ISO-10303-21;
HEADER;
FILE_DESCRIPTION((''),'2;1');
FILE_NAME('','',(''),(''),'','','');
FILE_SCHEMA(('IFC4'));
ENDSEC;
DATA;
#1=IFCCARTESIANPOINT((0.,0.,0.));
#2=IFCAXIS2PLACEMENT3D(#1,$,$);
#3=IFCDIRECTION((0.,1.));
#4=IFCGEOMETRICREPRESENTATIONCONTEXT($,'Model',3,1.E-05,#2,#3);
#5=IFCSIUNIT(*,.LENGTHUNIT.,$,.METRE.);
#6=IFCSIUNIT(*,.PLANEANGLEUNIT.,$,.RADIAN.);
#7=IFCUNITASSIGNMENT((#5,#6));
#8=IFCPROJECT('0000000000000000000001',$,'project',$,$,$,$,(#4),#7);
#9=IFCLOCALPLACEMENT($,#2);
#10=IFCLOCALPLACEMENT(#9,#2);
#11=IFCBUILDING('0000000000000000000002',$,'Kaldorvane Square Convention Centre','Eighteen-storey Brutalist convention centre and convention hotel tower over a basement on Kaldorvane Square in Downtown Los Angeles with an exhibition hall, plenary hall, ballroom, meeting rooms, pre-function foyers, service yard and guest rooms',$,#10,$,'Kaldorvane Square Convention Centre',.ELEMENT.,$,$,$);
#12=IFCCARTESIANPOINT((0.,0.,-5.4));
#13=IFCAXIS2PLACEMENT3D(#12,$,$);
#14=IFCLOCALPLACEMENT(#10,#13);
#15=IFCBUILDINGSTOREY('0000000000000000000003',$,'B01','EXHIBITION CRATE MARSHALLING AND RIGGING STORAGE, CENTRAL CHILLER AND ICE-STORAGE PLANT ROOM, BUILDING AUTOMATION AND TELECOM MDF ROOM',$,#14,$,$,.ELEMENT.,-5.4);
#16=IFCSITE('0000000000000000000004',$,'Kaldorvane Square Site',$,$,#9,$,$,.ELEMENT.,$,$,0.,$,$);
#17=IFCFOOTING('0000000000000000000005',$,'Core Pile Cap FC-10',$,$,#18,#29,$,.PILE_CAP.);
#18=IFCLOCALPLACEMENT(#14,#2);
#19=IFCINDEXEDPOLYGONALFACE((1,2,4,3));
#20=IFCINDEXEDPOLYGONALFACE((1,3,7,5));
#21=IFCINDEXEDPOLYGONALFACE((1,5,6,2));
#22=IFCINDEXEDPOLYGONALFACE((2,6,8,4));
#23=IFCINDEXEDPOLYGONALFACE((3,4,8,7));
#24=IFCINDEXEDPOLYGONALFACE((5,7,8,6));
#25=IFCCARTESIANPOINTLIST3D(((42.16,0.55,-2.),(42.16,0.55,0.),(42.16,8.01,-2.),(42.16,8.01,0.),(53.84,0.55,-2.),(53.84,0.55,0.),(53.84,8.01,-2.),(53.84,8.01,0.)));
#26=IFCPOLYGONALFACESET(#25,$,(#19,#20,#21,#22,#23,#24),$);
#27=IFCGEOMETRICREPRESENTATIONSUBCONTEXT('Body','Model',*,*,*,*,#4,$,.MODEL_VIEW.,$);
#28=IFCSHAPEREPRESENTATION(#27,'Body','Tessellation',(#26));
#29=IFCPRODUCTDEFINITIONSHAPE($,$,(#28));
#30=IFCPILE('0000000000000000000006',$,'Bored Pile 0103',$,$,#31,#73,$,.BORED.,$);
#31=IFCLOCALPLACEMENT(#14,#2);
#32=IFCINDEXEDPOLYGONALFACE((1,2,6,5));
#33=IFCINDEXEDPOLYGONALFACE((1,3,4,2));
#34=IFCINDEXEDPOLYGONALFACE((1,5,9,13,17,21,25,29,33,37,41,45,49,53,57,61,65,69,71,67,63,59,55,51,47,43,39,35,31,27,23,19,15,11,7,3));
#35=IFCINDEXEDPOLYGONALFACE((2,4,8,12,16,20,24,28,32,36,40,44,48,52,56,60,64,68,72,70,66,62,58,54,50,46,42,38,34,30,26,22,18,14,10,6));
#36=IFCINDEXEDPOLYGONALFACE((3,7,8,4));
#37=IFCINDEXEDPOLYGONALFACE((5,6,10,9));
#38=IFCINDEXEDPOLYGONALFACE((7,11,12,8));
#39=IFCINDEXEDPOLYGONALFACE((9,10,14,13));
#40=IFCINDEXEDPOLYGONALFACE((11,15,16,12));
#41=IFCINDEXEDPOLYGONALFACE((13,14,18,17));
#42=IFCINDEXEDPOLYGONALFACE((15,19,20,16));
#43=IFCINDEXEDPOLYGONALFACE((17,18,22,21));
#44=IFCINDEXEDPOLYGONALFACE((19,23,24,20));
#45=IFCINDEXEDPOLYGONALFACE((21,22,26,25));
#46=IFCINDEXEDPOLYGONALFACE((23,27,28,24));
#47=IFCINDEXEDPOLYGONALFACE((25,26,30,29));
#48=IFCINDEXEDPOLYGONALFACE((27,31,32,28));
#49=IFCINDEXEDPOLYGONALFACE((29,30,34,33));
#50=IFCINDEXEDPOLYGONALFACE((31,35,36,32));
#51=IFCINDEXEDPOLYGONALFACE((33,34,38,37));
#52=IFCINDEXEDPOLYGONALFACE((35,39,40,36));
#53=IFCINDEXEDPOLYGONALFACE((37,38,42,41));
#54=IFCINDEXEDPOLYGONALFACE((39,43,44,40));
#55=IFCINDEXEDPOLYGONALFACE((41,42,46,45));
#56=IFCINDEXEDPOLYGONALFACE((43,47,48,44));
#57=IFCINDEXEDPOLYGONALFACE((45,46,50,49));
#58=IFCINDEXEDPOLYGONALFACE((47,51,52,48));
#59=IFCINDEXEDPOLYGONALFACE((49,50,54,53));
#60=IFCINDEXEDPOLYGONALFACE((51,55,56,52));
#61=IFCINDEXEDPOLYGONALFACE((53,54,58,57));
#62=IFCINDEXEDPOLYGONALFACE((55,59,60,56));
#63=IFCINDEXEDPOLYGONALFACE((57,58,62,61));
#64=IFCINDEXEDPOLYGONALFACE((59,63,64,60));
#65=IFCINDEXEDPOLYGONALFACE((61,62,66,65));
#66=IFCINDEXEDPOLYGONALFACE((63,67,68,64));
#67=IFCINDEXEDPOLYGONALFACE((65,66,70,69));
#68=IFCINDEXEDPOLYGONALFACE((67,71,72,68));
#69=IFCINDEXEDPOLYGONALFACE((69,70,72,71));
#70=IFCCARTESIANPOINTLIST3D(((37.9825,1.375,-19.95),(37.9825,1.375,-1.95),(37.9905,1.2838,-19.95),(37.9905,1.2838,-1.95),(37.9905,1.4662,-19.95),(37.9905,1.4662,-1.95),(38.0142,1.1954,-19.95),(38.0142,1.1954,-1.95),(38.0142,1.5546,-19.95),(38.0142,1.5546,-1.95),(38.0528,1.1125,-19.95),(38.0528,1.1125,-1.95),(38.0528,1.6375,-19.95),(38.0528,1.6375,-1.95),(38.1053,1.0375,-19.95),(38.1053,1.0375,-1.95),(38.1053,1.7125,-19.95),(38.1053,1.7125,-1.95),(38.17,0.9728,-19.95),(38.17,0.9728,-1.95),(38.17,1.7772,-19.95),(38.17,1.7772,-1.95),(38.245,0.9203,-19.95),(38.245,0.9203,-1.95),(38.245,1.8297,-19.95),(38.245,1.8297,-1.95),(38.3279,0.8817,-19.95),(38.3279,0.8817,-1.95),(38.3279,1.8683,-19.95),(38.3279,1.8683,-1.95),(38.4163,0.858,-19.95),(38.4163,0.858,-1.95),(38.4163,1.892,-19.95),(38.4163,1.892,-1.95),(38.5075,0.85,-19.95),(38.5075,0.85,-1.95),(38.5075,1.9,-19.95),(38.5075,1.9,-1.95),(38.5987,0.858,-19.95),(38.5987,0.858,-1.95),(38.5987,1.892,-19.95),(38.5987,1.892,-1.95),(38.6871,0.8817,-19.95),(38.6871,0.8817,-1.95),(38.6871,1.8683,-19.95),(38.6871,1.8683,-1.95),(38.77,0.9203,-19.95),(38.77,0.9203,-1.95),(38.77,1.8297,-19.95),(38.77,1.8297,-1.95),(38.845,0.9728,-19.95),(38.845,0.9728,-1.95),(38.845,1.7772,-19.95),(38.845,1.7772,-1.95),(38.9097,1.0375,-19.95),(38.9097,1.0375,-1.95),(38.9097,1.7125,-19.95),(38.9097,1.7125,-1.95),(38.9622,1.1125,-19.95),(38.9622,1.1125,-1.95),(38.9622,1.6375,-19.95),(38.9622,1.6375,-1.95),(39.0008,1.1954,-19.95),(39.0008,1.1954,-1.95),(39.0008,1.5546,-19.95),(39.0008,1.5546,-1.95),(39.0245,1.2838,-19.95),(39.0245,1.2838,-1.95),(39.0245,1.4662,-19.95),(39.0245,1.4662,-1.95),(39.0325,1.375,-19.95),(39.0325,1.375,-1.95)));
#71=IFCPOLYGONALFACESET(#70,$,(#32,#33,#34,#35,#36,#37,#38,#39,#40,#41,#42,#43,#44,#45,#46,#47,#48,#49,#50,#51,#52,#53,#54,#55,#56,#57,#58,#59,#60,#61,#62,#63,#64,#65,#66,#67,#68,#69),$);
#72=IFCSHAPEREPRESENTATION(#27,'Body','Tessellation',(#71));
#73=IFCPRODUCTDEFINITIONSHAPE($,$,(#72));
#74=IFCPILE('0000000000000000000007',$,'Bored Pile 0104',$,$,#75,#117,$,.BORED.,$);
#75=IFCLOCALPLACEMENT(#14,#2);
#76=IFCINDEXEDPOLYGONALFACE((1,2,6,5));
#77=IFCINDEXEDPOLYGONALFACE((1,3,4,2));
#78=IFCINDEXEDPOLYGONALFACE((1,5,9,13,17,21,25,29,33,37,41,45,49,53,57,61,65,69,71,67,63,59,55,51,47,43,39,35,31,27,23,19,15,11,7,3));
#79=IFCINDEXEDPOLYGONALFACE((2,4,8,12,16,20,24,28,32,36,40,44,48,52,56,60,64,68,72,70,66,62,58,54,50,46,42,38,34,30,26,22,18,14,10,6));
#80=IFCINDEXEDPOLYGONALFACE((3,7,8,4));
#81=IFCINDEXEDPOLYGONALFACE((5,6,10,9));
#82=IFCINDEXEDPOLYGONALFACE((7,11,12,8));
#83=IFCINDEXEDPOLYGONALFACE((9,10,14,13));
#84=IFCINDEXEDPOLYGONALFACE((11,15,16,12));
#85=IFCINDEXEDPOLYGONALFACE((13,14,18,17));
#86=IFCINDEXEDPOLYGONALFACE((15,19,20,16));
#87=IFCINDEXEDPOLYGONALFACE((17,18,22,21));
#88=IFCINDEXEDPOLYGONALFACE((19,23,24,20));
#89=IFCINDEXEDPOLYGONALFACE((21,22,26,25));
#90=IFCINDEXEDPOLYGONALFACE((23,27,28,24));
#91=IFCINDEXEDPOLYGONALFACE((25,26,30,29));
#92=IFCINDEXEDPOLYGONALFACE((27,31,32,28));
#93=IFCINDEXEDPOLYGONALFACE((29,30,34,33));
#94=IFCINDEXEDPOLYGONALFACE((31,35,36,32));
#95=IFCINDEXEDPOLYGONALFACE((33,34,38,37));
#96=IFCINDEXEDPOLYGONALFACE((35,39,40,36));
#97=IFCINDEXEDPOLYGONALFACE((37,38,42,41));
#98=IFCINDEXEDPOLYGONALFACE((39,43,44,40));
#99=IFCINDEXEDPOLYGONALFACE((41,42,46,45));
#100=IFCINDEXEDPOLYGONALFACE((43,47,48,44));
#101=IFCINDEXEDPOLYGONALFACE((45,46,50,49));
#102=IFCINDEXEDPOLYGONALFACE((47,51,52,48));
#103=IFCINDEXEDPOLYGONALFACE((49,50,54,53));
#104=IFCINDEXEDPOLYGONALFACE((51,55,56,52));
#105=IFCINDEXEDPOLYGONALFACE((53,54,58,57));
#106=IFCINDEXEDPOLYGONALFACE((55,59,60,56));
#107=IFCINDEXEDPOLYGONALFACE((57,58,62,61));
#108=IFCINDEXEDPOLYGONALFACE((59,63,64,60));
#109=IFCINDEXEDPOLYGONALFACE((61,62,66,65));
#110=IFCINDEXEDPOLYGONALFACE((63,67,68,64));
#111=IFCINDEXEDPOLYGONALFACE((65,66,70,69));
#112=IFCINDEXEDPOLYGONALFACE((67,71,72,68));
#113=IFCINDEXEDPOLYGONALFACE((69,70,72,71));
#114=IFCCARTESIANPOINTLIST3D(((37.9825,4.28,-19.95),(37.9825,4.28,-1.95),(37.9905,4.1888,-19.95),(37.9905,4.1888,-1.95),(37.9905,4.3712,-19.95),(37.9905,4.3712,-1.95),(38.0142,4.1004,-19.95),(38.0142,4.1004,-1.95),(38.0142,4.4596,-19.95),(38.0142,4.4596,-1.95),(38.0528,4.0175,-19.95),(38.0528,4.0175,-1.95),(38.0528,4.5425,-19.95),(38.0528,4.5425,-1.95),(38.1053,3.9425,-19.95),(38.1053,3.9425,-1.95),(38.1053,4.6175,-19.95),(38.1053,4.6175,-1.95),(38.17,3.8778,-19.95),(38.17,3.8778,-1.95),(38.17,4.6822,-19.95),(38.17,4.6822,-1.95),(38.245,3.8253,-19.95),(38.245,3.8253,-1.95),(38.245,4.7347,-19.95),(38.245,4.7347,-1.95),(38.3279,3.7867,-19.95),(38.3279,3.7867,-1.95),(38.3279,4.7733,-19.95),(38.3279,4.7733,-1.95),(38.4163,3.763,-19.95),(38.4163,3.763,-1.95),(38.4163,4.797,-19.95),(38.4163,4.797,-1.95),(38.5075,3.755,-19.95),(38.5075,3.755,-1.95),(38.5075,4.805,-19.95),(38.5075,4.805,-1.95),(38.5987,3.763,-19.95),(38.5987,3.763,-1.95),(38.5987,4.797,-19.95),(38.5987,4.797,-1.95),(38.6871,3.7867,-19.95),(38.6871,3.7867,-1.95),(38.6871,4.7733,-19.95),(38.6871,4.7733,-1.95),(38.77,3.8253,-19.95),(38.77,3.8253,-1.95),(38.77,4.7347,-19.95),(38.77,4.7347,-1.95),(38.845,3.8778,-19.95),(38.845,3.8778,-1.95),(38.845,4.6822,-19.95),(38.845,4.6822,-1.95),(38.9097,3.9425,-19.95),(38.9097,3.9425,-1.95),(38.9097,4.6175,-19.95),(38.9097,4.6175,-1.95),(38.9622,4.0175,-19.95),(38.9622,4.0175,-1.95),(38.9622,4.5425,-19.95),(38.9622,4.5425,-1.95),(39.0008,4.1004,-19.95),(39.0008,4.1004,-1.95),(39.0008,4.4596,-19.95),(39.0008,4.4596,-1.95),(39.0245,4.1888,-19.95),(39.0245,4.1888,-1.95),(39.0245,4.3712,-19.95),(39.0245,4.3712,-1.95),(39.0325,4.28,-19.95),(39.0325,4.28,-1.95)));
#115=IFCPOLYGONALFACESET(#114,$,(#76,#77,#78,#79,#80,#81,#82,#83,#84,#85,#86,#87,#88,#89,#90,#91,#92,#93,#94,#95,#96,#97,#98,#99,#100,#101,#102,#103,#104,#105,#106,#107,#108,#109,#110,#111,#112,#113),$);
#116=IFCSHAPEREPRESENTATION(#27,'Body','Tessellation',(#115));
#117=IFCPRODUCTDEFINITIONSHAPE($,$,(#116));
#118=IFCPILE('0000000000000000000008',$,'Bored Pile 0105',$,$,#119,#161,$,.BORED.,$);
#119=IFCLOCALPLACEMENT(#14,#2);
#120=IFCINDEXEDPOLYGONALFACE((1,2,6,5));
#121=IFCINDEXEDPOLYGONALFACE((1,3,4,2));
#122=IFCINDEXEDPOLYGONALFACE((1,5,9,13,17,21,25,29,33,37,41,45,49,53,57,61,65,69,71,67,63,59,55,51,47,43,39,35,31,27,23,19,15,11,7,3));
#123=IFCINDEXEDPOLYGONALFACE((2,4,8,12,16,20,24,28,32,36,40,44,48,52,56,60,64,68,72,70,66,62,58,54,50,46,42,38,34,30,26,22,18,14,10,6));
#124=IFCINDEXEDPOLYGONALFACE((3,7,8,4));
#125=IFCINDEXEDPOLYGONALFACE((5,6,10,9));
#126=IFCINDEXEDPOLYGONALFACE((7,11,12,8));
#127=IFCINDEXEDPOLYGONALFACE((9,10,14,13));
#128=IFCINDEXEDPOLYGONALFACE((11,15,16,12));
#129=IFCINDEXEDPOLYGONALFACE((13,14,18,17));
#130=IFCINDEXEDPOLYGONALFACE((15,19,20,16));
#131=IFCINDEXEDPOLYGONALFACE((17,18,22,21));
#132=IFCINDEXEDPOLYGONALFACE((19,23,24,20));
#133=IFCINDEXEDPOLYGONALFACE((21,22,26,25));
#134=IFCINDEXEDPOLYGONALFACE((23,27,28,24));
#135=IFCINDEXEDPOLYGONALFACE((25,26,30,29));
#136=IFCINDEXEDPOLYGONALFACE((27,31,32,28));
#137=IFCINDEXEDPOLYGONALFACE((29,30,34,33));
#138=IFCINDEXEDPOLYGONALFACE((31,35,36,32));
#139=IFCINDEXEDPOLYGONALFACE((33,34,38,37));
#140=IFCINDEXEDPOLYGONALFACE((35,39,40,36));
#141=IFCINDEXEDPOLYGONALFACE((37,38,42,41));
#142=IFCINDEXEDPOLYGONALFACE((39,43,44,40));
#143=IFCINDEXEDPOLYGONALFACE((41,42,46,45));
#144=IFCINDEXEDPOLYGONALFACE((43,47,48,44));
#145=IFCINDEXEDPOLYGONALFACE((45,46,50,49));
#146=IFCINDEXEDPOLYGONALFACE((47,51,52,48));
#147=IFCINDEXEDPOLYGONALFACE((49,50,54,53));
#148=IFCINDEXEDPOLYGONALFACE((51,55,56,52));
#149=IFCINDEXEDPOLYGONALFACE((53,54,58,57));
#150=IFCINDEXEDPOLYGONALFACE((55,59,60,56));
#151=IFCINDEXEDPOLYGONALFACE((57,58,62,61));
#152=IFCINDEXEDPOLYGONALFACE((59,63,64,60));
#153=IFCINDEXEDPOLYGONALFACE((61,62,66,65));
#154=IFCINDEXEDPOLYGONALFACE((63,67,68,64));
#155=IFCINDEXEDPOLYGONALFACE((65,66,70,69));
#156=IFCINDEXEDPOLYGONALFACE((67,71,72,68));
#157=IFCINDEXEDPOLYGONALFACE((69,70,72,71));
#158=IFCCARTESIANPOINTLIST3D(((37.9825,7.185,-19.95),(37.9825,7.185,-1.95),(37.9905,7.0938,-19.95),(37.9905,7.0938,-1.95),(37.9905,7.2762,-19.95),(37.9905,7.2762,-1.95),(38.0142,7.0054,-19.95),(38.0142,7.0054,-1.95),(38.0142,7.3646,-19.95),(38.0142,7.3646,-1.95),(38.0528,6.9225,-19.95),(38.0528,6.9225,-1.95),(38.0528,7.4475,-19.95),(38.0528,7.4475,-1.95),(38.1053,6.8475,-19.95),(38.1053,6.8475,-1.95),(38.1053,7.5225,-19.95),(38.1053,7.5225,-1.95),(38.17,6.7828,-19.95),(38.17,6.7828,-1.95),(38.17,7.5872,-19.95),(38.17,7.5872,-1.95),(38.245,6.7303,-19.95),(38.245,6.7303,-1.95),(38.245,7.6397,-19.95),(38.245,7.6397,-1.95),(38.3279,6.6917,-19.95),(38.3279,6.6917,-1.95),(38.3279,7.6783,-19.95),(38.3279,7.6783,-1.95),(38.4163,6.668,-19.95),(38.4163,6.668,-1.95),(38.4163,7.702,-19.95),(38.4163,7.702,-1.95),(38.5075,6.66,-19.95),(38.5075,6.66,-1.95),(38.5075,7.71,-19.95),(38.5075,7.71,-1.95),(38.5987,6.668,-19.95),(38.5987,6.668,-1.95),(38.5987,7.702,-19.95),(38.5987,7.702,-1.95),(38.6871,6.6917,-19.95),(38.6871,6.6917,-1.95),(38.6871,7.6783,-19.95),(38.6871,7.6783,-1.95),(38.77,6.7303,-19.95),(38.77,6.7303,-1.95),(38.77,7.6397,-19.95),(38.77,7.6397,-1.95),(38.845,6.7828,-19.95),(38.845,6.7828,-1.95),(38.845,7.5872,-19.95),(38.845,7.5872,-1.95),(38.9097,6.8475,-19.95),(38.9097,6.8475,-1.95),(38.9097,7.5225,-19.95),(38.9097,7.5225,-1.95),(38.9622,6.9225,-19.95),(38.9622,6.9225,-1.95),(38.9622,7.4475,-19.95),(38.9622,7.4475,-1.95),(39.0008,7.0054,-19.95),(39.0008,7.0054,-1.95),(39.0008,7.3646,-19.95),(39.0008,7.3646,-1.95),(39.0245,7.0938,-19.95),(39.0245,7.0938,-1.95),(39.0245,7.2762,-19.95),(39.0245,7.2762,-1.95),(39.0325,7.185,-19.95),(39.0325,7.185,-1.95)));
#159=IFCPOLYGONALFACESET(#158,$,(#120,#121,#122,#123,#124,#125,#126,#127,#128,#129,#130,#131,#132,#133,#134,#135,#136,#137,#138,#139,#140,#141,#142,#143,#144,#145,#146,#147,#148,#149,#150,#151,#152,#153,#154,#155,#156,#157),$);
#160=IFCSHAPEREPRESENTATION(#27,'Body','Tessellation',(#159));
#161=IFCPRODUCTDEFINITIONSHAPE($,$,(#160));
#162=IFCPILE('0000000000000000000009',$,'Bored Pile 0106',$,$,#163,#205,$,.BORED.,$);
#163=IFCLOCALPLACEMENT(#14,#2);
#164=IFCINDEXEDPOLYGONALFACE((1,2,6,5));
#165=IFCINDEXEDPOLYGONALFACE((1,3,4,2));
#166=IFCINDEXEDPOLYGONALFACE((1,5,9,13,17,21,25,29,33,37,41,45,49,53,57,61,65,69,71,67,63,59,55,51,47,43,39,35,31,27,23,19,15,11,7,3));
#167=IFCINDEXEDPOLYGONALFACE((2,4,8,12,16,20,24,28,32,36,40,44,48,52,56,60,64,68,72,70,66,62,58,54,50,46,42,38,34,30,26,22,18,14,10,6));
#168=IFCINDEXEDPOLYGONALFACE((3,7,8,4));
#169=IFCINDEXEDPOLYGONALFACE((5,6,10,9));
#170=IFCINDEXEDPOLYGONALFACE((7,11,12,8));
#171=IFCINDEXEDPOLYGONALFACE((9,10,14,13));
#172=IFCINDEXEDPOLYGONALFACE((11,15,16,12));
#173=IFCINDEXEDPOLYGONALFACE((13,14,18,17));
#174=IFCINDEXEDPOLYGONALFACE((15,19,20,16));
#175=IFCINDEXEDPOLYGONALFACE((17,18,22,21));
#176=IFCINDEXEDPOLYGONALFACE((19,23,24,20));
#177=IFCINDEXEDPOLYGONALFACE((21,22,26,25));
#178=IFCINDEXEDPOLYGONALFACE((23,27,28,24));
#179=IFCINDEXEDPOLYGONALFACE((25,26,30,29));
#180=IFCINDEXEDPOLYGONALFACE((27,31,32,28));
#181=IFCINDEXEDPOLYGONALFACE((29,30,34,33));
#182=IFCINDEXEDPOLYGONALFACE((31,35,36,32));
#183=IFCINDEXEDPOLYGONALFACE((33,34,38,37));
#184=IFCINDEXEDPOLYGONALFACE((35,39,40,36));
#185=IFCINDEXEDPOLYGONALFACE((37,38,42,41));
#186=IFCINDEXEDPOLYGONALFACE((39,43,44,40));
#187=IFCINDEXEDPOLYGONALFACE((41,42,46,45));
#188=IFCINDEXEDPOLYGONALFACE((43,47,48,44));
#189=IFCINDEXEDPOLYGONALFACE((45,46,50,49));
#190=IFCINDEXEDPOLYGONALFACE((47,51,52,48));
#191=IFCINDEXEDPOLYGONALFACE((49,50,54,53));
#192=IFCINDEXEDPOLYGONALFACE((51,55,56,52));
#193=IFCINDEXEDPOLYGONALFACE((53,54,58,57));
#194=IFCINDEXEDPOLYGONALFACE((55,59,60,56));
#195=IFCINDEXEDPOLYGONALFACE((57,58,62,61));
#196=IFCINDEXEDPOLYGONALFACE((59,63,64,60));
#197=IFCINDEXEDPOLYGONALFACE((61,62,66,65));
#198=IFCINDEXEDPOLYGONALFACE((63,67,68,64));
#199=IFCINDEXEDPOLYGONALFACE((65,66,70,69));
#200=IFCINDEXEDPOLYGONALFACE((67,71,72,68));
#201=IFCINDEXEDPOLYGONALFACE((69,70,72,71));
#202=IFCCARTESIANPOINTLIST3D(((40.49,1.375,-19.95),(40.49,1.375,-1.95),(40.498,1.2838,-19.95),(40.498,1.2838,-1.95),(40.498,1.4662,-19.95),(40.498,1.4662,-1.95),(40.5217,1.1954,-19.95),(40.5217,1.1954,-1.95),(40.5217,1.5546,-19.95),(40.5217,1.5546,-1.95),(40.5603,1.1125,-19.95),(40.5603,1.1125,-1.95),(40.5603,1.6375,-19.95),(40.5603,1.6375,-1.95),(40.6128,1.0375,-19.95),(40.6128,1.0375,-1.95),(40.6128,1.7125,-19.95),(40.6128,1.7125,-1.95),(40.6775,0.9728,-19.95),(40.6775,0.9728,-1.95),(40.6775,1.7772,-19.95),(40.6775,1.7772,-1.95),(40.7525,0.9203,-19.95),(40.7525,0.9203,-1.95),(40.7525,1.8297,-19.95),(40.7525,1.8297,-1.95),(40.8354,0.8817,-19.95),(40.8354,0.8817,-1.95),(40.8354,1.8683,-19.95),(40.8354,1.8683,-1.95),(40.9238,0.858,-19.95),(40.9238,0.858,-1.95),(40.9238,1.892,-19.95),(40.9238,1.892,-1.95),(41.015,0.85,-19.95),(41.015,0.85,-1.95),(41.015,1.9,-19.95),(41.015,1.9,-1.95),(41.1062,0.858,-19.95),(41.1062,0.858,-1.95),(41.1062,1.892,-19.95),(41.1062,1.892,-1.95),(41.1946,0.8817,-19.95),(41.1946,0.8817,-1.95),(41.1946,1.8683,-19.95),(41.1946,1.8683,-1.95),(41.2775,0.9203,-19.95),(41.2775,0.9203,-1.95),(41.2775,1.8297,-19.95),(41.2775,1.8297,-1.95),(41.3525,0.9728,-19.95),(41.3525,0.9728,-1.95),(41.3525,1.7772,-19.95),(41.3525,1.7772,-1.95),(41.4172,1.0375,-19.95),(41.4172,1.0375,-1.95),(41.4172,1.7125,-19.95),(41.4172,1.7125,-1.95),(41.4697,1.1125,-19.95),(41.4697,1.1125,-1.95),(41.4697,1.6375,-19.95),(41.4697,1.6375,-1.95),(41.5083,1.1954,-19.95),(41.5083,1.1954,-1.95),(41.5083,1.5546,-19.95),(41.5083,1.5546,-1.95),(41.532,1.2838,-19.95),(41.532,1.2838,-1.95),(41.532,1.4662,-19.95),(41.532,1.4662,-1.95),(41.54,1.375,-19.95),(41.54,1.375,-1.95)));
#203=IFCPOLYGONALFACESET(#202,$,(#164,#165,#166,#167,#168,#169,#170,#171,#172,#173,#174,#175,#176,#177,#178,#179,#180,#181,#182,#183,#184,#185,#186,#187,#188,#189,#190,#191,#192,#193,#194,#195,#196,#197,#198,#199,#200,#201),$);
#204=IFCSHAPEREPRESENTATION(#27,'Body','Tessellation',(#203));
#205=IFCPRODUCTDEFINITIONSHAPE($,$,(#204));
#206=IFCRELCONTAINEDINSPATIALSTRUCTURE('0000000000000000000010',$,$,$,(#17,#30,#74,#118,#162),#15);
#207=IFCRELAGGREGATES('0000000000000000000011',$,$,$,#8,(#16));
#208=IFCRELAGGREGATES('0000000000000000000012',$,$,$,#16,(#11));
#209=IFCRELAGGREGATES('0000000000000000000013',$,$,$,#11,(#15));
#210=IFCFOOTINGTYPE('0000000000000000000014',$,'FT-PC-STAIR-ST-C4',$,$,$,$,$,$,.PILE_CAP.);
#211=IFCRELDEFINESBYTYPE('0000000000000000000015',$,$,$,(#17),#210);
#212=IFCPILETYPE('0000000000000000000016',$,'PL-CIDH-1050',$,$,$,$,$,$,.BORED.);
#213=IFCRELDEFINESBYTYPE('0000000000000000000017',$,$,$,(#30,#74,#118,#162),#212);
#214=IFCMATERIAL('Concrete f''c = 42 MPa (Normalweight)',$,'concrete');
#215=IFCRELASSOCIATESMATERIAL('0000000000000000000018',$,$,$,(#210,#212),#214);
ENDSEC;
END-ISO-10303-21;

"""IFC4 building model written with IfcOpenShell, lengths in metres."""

from ifc_helpers import new_model, si_unit, direction, frame, origin, origin_2d, place, context, subcontext, project, spatial, rectangle, circle, extrude, material, material_profile, profile_set, type_object, element, save


model = new_model("IFC4")

# Units and contexts
model_context = context("Model", 3, precision=1e-05, world=origin(), true_north=direction((0.0, 1.0)))
body_context = subcontext(model_context, "Body", "Model", "MODEL_VIEW")
ifc_project = project(units=[si_unit("LENGTHUNIT", "METRE"), si_unit("PLANEANGLEUNIT", "RADIAN")], contexts=[model_context])

# Site, building, storey
site_placement = place(None, origin())
site = spatial("IfcSite", under=ifc_project, at=site_placement, Name="Kaldorvane Square Site", CompositionType="ELEMENT", RefElevation=0.0)
building_placement = place(site_placement, origin())
building = spatial("IfcBuilding", under=site, at=building_placement, Name="Kaldorvane Square Convention Centre", Description="Eighteen-storey Brutalist convention centre and convention hotel tower over a basement on Kaldorvane Square in Downtown Los Angeles with an exhibition hall, plenary hall, ballroom, meeting rooms, pre-function foyers, service yard and guest rooms", LongName="Kaldorvane Square Convention Centre", CompositionType="ELEMENT")
storey_placement = place(building_placement, frame((0.0, 0.0, -5.4)))
storey = spatial("IfcBuildingStorey", under=building, at=storey_placement, Name="B01", Description="EXHIBITION CRATE MARSHALLING AND RIGGING STORAGE, CENTRAL CHILLER AND ICE-STORAGE PLANT ROOM, BUILDING AUTOMATION AND TELECOM MDF ROOM", CompositionType="ELEMENT", Elevation=-5.4)

# Footing
ifc_material_1 = material(Name="Concrete f'c = 42 MPa (Normalweight)", Category="concrete")
footing_type = type_object("IfcFootingType", Name="FT-PC-STAIR-ST-C4", PredefinedType="PILE_CAP", material=ifc_material_1)
footing_placement = place(storey_placement, frame((48.0, 4.28, -2.0), z_axis=(0.0, 0.0, 1.0), x_axis=(1.0, 0.0, 0.0)))
element("IfcFooting", 1, at=footing_placement, inside=storey, type_object=footing_type, Name="Core Pile Cap FC-10", PredefinedType="PILE_CAP", context=body_context, shape_type="SweptSolid", body=[
    extrude(rectangle(XDim=11.68, YDim=7.46, at=origin_2d()), origin(), (0.0, 0.0, 1.0), 2.0),
])

# Piles
ifc_material_profile_1 = material_profile(ifc_material_1, circle(Radius=0.525, at=origin_2d()), Name="PILE-D1050")
ifc_profile_set_1 = profile_set([ifc_material_profile_1], Name="Concrete f'c = 42 MPa (Normalweight)")
pile_type = type_object("IfcPileType", Name="PL-CIDH-1050", PredefinedType="BORED", material=ifc_profile_set_1)
for number, where, z_axis, x_axis, name in (
    (2, (38.5075, 1.375, -1.95), (0.0, 0.0, -1.0), (1.0, 0.0, 0.0), "Bored Pile 0103"),
    (3, (38.5075, 4.28, -1.95), (0.0, 0.0, -1.0), (1.0, 0.0, 0.0), "Bored Pile 0104"),
    (4, (38.5075, 7.185, -1.95), (0.0, 0.0, -1.0), (1.0, 0.0, 0.0), "Bored Pile 0105"),
    (5, (41.015, 1.375, -1.95), (0.0, 0.0, -1.0), (1.0, 0.0, 0.0), "Bored Pile 0106"),
):
    element("IfcPile", number, at=place(storey_placement, frame(where, z_axis=z_axis, x_axis=x_axis)), inside=storey, type_object=pile_type, Name=name, PredefinedType="BORED", context=body_context, shape_type="SweptSolid", body=[
        extrude(circle(Radius=0.525, at=origin_2d()), origin(), (0.0, 0.0, 1.0), 18.0),
    ])

save(model, "model.ifc")
